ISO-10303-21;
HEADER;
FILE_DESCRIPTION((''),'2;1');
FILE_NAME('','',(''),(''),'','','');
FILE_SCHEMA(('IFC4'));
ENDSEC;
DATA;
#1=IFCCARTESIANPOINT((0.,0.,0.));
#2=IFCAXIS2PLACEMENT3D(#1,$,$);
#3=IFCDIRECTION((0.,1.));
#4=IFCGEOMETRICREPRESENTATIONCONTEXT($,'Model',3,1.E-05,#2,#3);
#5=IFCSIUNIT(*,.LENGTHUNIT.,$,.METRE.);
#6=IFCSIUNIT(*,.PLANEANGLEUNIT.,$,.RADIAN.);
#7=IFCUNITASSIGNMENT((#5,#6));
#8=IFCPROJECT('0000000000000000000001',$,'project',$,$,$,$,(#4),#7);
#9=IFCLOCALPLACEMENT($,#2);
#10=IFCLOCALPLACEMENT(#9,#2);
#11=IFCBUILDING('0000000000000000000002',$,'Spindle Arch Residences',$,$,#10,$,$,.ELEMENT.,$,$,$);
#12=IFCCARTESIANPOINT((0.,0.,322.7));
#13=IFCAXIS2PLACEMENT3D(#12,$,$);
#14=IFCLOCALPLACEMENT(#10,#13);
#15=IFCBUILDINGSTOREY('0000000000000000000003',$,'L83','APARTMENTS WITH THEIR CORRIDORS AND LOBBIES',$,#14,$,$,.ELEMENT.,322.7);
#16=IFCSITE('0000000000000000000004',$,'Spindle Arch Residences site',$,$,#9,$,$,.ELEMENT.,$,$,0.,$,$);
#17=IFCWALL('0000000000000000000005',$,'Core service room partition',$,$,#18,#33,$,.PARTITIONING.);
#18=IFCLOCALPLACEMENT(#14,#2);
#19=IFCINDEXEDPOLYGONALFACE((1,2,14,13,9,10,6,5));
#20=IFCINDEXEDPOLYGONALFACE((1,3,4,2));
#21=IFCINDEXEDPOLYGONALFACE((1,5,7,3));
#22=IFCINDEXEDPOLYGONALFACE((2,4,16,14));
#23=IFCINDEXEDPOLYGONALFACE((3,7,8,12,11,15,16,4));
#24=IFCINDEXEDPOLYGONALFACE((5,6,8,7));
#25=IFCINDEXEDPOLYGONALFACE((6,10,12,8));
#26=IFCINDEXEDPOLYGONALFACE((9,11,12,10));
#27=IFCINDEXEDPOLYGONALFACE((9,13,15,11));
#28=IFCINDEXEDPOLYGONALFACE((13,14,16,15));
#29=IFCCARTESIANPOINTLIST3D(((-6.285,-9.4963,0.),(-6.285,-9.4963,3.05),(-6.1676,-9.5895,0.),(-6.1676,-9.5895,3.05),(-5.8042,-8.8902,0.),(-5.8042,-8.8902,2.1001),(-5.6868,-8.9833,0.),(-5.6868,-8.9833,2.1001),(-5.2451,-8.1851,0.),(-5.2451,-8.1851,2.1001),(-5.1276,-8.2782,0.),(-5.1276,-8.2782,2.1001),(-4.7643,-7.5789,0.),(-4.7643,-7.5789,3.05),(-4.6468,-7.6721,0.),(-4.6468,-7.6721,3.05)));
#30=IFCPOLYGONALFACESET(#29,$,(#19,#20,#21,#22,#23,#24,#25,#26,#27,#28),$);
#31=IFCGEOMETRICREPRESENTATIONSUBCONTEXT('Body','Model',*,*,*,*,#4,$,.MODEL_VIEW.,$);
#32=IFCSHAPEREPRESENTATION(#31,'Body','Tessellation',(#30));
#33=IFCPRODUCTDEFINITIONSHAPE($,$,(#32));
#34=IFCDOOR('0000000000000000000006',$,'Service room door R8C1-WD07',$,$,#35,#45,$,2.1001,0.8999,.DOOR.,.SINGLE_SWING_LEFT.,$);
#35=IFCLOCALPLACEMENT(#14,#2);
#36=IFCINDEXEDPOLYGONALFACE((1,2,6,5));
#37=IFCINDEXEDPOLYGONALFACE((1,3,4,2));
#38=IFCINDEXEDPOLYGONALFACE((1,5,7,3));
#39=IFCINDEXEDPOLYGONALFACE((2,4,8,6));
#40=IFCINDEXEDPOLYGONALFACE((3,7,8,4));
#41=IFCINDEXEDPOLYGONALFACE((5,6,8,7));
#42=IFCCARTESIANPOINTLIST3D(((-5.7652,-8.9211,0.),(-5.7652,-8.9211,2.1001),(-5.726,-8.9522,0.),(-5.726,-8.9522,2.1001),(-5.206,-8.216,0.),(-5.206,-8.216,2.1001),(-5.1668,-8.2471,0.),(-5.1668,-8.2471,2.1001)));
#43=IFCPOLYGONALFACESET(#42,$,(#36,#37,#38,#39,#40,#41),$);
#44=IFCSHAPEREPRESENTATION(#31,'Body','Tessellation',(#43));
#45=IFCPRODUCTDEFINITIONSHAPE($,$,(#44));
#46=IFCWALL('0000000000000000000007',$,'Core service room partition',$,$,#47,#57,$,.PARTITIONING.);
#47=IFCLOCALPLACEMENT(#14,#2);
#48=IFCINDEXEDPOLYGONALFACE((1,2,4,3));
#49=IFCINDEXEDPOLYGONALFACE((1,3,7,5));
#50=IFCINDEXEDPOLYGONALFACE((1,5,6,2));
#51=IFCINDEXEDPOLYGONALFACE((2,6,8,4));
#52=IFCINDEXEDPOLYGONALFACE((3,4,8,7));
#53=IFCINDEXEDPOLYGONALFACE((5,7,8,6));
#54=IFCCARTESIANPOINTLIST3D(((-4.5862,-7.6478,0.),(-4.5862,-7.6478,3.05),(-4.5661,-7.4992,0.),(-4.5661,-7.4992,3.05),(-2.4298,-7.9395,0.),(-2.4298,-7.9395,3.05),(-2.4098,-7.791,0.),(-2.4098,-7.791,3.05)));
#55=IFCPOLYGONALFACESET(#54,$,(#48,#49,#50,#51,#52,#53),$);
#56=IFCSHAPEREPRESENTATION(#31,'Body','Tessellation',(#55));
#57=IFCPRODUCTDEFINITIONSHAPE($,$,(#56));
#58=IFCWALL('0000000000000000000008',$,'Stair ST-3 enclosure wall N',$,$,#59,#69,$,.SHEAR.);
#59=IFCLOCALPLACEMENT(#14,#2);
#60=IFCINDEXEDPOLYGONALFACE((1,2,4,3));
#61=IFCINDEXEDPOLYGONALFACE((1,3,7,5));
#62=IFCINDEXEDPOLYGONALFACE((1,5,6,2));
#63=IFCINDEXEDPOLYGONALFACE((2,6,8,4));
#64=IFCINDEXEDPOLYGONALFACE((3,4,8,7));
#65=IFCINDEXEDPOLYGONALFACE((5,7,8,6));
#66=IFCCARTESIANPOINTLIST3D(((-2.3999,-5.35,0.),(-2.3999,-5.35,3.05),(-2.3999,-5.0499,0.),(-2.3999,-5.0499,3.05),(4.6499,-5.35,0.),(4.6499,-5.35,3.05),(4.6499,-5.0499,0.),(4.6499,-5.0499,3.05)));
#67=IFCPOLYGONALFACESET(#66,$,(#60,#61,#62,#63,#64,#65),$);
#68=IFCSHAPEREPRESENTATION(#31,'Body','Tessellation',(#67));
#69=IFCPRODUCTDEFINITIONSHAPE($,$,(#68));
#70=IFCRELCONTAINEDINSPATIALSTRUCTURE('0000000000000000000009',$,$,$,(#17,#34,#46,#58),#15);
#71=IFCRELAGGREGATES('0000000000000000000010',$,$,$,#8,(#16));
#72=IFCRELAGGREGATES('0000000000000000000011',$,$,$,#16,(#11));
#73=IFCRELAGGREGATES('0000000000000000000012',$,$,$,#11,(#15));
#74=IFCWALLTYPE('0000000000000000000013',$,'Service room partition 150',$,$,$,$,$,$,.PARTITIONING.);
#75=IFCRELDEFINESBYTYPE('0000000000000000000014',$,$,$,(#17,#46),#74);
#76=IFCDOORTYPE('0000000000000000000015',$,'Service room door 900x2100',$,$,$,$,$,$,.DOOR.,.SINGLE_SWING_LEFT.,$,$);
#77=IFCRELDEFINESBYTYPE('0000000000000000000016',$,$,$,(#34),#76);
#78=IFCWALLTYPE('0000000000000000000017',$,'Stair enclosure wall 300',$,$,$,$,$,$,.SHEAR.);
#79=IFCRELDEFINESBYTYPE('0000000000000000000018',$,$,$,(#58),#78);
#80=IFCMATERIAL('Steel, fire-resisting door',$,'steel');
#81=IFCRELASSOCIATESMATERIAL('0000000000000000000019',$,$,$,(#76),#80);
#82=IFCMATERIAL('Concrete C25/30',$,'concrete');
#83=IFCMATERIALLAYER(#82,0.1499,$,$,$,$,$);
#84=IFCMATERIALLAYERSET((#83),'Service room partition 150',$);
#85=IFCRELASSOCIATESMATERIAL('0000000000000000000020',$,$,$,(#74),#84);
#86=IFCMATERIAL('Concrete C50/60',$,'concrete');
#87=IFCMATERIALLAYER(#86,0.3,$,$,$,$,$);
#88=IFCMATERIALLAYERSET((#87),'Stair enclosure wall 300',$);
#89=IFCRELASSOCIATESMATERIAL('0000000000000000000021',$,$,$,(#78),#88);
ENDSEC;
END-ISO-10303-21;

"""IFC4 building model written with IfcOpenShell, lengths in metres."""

from ifc_helpers import new_model, si_unit, direction, frame, frame_2d, origin, place, context, subcontext, project, spatial, rectangle, extrude, material, layer, layer_set, type_object, element, fill, save


model = new_model("IFC4")

# Units and contexts
model_context = context("Model", 3, precision=1e-05, world=origin(), true_north=direction((0.0, 1.0)))
body_context = subcontext(model_context, "Body", "Model", "MODEL_VIEW")
ifc_project = project(units=[si_unit("LENGTHUNIT", "METRE"), si_unit("PLANEANGLEUNIT", "RADIAN")], contexts=[model_context])

# Site, building, storey
site_placement = place(None, origin())
site = spatial("IfcSite", under=ifc_project, at=site_placement, Name="Spindle Arch Residences site", CompositionType="ELEMENT", RefElevation=0.0)
building_placement = place(site_placement, origin())
building = spatial("IfcBuilding", under=site, at=building_placement, Name="Spindle Arch Residences", CompositionType="ELEMENT")
storey_placement = place(building_placement, frame((0.0, 0.0, 322.7)))
storey = spatial("IfcBuildingStorey", under=building, at=storey_placement, Name="L83", Description="APARTMENTS WITH THEIR CORRIDORS AND LOBBIES", CompositionType="ELEMENT", Elevation=322.7)

# Shared definitions
ifc_material_1 = material(Name="Steel, fire-resisting door", Category="steel")
door_type_1 = type_object("IfcDoorType", Name="Service room door 900x2100", OperationType="SINGLE_SWING_LEFT", PredefinedType="DOOR", material=ifc_material_1)

# Wall, opening, door
ifc_material_2 = material(Name="Concrete C25/30", Category="concrete")
ifc_layer_1 = layer(ifc_material_2, 0.1499)
ifc_layer_set_1 = layer_set([ifc_layer_1], Name="Service room partition 150")
wall_type_1 = type_object("IfcWallType", Name="Service room partition 150", PredefinedType="PARTITIONING", material=ifc_layer_set_1)
wall_1_placement = place(storey_placement, frame((-4.7056, -7.6255, 0.0), z_axis=(0.0, 0.0, 1.0), x_axis=(-0.621393, -0.783499, 0.0)))
wall_1 = element("IfcWall", 1, at=wall_1_placement, inside=storey, type_object=wall_type_1, Name="Core service room partition", PredefinedType="PARTITIONING", context=body_context, shape_type="SweptSolid", body=[
    extrude(rectangle(XDim=2.4473, YDim=0.1499, at=frame_2d((1.2236, 0.0))), origin(), (0.0, 0.0, 1.0), 3.05),
])
opening_1_placement = place(wall_1_placement, frame((0.7737, 0.0, 0.0)))
opening_1 = element("IfcOpeningElement", 2, at=opening_1_placement, cuts=wall_1, PredefinedType="OPENING", context=body_context, shape_type="SweptSolid", body=[
    extrude(rectangle(XDim=0.8999, YDim=2.1001, at=frame_2d((0.45, 1.05))), frame((0.0, 0.085, 0.0), z_axis=(0.0, -1.0, 0.0), x_axis=(1.0, 0.0, 0.0)), (0.0, 0.0, 1.0), 0.1699),
])
door_1_placement = place(opening_1_placement, origin())
door_1 = element("IfcDoor", 3, at=door_1_placement, inside=storey, type_object=door_type_1, Name="Service room door R8C1-WD07", OperationType="SINGLE_SWING_LEFT", OverallHeight=2.1001, OverallWidth=0.8999, PredefinedType="DOOR", context=body_context, shape_type="SweptSolid", body=[
    extrude(rectangle(XDim=0.8999, YDim=2.1001, at=frame_2d((0.45, 1.05))), frame((0.0, 0.0249, 0.0), z_axis=(0.0, -1.0, 0.0), x_axis=(1.0, 0.0, 0.0)), (0.0, 0.0, 1.0), 0.05),
])
fill(opening_1, door_1)

# Walls
wall_2_placement = place(storey_placement, frame((-2.4199, -7.8652, 0.0), z_axis=(0.0, 0.0, 1.0), x_axis=(-0.990972, 0.134067, 0.0)))
element("IfcWall", 4, at=wall_2_placement, inside=storey, type_object=wall_type_1, Name="Core service room partition", PredefinedType="PARTITIONING", context=body_context, shape_type="SweptSolid", body=[
    extrude(rectangle(XDim=2.176, YDim=0.1499, at=frame_2d((1.0879, 0.0))), origin(), (0.0, 0.0, 1.0), 3.05),
])
ifc_material_3 = material(Name="Concrete C50/60", Category="concrete")
ifc_layer_2 = layer(ifc_material_3, 0.3)
ifc_layer_set_2 = layer_set([ifc_layer_2], Name="Stair enclosure wall 300")
wall_type_2 = type_object("IfcWallType", Name="Stair enclosure wall 300", PredefinedType="SHEAR", material=ifc_layer_set_2)
wall_3_placement = place(storey_placement, frame((-2.3999, -5.2, 0.0), z_axis=(0.0, 0.0, 1.0), x_axis=(1.0, 0.0, 0.0)))
element("IfcWall", 5, at=wall_3_placement, inside=storey, type_object=wall_type_2, Name="Stair ST-3 enclosure wall N", PredefinedType="SHEAR", context=body_context, shape_type="SweptSolid", body=[
    extrude(rectangle(XDim=7.0498, YDim=0.3, at=frame_2d((3.5249, 0.0))), origin(), (0.0, 0.0, 1.0), 3.05),
])

save(model, "model.ifc")
